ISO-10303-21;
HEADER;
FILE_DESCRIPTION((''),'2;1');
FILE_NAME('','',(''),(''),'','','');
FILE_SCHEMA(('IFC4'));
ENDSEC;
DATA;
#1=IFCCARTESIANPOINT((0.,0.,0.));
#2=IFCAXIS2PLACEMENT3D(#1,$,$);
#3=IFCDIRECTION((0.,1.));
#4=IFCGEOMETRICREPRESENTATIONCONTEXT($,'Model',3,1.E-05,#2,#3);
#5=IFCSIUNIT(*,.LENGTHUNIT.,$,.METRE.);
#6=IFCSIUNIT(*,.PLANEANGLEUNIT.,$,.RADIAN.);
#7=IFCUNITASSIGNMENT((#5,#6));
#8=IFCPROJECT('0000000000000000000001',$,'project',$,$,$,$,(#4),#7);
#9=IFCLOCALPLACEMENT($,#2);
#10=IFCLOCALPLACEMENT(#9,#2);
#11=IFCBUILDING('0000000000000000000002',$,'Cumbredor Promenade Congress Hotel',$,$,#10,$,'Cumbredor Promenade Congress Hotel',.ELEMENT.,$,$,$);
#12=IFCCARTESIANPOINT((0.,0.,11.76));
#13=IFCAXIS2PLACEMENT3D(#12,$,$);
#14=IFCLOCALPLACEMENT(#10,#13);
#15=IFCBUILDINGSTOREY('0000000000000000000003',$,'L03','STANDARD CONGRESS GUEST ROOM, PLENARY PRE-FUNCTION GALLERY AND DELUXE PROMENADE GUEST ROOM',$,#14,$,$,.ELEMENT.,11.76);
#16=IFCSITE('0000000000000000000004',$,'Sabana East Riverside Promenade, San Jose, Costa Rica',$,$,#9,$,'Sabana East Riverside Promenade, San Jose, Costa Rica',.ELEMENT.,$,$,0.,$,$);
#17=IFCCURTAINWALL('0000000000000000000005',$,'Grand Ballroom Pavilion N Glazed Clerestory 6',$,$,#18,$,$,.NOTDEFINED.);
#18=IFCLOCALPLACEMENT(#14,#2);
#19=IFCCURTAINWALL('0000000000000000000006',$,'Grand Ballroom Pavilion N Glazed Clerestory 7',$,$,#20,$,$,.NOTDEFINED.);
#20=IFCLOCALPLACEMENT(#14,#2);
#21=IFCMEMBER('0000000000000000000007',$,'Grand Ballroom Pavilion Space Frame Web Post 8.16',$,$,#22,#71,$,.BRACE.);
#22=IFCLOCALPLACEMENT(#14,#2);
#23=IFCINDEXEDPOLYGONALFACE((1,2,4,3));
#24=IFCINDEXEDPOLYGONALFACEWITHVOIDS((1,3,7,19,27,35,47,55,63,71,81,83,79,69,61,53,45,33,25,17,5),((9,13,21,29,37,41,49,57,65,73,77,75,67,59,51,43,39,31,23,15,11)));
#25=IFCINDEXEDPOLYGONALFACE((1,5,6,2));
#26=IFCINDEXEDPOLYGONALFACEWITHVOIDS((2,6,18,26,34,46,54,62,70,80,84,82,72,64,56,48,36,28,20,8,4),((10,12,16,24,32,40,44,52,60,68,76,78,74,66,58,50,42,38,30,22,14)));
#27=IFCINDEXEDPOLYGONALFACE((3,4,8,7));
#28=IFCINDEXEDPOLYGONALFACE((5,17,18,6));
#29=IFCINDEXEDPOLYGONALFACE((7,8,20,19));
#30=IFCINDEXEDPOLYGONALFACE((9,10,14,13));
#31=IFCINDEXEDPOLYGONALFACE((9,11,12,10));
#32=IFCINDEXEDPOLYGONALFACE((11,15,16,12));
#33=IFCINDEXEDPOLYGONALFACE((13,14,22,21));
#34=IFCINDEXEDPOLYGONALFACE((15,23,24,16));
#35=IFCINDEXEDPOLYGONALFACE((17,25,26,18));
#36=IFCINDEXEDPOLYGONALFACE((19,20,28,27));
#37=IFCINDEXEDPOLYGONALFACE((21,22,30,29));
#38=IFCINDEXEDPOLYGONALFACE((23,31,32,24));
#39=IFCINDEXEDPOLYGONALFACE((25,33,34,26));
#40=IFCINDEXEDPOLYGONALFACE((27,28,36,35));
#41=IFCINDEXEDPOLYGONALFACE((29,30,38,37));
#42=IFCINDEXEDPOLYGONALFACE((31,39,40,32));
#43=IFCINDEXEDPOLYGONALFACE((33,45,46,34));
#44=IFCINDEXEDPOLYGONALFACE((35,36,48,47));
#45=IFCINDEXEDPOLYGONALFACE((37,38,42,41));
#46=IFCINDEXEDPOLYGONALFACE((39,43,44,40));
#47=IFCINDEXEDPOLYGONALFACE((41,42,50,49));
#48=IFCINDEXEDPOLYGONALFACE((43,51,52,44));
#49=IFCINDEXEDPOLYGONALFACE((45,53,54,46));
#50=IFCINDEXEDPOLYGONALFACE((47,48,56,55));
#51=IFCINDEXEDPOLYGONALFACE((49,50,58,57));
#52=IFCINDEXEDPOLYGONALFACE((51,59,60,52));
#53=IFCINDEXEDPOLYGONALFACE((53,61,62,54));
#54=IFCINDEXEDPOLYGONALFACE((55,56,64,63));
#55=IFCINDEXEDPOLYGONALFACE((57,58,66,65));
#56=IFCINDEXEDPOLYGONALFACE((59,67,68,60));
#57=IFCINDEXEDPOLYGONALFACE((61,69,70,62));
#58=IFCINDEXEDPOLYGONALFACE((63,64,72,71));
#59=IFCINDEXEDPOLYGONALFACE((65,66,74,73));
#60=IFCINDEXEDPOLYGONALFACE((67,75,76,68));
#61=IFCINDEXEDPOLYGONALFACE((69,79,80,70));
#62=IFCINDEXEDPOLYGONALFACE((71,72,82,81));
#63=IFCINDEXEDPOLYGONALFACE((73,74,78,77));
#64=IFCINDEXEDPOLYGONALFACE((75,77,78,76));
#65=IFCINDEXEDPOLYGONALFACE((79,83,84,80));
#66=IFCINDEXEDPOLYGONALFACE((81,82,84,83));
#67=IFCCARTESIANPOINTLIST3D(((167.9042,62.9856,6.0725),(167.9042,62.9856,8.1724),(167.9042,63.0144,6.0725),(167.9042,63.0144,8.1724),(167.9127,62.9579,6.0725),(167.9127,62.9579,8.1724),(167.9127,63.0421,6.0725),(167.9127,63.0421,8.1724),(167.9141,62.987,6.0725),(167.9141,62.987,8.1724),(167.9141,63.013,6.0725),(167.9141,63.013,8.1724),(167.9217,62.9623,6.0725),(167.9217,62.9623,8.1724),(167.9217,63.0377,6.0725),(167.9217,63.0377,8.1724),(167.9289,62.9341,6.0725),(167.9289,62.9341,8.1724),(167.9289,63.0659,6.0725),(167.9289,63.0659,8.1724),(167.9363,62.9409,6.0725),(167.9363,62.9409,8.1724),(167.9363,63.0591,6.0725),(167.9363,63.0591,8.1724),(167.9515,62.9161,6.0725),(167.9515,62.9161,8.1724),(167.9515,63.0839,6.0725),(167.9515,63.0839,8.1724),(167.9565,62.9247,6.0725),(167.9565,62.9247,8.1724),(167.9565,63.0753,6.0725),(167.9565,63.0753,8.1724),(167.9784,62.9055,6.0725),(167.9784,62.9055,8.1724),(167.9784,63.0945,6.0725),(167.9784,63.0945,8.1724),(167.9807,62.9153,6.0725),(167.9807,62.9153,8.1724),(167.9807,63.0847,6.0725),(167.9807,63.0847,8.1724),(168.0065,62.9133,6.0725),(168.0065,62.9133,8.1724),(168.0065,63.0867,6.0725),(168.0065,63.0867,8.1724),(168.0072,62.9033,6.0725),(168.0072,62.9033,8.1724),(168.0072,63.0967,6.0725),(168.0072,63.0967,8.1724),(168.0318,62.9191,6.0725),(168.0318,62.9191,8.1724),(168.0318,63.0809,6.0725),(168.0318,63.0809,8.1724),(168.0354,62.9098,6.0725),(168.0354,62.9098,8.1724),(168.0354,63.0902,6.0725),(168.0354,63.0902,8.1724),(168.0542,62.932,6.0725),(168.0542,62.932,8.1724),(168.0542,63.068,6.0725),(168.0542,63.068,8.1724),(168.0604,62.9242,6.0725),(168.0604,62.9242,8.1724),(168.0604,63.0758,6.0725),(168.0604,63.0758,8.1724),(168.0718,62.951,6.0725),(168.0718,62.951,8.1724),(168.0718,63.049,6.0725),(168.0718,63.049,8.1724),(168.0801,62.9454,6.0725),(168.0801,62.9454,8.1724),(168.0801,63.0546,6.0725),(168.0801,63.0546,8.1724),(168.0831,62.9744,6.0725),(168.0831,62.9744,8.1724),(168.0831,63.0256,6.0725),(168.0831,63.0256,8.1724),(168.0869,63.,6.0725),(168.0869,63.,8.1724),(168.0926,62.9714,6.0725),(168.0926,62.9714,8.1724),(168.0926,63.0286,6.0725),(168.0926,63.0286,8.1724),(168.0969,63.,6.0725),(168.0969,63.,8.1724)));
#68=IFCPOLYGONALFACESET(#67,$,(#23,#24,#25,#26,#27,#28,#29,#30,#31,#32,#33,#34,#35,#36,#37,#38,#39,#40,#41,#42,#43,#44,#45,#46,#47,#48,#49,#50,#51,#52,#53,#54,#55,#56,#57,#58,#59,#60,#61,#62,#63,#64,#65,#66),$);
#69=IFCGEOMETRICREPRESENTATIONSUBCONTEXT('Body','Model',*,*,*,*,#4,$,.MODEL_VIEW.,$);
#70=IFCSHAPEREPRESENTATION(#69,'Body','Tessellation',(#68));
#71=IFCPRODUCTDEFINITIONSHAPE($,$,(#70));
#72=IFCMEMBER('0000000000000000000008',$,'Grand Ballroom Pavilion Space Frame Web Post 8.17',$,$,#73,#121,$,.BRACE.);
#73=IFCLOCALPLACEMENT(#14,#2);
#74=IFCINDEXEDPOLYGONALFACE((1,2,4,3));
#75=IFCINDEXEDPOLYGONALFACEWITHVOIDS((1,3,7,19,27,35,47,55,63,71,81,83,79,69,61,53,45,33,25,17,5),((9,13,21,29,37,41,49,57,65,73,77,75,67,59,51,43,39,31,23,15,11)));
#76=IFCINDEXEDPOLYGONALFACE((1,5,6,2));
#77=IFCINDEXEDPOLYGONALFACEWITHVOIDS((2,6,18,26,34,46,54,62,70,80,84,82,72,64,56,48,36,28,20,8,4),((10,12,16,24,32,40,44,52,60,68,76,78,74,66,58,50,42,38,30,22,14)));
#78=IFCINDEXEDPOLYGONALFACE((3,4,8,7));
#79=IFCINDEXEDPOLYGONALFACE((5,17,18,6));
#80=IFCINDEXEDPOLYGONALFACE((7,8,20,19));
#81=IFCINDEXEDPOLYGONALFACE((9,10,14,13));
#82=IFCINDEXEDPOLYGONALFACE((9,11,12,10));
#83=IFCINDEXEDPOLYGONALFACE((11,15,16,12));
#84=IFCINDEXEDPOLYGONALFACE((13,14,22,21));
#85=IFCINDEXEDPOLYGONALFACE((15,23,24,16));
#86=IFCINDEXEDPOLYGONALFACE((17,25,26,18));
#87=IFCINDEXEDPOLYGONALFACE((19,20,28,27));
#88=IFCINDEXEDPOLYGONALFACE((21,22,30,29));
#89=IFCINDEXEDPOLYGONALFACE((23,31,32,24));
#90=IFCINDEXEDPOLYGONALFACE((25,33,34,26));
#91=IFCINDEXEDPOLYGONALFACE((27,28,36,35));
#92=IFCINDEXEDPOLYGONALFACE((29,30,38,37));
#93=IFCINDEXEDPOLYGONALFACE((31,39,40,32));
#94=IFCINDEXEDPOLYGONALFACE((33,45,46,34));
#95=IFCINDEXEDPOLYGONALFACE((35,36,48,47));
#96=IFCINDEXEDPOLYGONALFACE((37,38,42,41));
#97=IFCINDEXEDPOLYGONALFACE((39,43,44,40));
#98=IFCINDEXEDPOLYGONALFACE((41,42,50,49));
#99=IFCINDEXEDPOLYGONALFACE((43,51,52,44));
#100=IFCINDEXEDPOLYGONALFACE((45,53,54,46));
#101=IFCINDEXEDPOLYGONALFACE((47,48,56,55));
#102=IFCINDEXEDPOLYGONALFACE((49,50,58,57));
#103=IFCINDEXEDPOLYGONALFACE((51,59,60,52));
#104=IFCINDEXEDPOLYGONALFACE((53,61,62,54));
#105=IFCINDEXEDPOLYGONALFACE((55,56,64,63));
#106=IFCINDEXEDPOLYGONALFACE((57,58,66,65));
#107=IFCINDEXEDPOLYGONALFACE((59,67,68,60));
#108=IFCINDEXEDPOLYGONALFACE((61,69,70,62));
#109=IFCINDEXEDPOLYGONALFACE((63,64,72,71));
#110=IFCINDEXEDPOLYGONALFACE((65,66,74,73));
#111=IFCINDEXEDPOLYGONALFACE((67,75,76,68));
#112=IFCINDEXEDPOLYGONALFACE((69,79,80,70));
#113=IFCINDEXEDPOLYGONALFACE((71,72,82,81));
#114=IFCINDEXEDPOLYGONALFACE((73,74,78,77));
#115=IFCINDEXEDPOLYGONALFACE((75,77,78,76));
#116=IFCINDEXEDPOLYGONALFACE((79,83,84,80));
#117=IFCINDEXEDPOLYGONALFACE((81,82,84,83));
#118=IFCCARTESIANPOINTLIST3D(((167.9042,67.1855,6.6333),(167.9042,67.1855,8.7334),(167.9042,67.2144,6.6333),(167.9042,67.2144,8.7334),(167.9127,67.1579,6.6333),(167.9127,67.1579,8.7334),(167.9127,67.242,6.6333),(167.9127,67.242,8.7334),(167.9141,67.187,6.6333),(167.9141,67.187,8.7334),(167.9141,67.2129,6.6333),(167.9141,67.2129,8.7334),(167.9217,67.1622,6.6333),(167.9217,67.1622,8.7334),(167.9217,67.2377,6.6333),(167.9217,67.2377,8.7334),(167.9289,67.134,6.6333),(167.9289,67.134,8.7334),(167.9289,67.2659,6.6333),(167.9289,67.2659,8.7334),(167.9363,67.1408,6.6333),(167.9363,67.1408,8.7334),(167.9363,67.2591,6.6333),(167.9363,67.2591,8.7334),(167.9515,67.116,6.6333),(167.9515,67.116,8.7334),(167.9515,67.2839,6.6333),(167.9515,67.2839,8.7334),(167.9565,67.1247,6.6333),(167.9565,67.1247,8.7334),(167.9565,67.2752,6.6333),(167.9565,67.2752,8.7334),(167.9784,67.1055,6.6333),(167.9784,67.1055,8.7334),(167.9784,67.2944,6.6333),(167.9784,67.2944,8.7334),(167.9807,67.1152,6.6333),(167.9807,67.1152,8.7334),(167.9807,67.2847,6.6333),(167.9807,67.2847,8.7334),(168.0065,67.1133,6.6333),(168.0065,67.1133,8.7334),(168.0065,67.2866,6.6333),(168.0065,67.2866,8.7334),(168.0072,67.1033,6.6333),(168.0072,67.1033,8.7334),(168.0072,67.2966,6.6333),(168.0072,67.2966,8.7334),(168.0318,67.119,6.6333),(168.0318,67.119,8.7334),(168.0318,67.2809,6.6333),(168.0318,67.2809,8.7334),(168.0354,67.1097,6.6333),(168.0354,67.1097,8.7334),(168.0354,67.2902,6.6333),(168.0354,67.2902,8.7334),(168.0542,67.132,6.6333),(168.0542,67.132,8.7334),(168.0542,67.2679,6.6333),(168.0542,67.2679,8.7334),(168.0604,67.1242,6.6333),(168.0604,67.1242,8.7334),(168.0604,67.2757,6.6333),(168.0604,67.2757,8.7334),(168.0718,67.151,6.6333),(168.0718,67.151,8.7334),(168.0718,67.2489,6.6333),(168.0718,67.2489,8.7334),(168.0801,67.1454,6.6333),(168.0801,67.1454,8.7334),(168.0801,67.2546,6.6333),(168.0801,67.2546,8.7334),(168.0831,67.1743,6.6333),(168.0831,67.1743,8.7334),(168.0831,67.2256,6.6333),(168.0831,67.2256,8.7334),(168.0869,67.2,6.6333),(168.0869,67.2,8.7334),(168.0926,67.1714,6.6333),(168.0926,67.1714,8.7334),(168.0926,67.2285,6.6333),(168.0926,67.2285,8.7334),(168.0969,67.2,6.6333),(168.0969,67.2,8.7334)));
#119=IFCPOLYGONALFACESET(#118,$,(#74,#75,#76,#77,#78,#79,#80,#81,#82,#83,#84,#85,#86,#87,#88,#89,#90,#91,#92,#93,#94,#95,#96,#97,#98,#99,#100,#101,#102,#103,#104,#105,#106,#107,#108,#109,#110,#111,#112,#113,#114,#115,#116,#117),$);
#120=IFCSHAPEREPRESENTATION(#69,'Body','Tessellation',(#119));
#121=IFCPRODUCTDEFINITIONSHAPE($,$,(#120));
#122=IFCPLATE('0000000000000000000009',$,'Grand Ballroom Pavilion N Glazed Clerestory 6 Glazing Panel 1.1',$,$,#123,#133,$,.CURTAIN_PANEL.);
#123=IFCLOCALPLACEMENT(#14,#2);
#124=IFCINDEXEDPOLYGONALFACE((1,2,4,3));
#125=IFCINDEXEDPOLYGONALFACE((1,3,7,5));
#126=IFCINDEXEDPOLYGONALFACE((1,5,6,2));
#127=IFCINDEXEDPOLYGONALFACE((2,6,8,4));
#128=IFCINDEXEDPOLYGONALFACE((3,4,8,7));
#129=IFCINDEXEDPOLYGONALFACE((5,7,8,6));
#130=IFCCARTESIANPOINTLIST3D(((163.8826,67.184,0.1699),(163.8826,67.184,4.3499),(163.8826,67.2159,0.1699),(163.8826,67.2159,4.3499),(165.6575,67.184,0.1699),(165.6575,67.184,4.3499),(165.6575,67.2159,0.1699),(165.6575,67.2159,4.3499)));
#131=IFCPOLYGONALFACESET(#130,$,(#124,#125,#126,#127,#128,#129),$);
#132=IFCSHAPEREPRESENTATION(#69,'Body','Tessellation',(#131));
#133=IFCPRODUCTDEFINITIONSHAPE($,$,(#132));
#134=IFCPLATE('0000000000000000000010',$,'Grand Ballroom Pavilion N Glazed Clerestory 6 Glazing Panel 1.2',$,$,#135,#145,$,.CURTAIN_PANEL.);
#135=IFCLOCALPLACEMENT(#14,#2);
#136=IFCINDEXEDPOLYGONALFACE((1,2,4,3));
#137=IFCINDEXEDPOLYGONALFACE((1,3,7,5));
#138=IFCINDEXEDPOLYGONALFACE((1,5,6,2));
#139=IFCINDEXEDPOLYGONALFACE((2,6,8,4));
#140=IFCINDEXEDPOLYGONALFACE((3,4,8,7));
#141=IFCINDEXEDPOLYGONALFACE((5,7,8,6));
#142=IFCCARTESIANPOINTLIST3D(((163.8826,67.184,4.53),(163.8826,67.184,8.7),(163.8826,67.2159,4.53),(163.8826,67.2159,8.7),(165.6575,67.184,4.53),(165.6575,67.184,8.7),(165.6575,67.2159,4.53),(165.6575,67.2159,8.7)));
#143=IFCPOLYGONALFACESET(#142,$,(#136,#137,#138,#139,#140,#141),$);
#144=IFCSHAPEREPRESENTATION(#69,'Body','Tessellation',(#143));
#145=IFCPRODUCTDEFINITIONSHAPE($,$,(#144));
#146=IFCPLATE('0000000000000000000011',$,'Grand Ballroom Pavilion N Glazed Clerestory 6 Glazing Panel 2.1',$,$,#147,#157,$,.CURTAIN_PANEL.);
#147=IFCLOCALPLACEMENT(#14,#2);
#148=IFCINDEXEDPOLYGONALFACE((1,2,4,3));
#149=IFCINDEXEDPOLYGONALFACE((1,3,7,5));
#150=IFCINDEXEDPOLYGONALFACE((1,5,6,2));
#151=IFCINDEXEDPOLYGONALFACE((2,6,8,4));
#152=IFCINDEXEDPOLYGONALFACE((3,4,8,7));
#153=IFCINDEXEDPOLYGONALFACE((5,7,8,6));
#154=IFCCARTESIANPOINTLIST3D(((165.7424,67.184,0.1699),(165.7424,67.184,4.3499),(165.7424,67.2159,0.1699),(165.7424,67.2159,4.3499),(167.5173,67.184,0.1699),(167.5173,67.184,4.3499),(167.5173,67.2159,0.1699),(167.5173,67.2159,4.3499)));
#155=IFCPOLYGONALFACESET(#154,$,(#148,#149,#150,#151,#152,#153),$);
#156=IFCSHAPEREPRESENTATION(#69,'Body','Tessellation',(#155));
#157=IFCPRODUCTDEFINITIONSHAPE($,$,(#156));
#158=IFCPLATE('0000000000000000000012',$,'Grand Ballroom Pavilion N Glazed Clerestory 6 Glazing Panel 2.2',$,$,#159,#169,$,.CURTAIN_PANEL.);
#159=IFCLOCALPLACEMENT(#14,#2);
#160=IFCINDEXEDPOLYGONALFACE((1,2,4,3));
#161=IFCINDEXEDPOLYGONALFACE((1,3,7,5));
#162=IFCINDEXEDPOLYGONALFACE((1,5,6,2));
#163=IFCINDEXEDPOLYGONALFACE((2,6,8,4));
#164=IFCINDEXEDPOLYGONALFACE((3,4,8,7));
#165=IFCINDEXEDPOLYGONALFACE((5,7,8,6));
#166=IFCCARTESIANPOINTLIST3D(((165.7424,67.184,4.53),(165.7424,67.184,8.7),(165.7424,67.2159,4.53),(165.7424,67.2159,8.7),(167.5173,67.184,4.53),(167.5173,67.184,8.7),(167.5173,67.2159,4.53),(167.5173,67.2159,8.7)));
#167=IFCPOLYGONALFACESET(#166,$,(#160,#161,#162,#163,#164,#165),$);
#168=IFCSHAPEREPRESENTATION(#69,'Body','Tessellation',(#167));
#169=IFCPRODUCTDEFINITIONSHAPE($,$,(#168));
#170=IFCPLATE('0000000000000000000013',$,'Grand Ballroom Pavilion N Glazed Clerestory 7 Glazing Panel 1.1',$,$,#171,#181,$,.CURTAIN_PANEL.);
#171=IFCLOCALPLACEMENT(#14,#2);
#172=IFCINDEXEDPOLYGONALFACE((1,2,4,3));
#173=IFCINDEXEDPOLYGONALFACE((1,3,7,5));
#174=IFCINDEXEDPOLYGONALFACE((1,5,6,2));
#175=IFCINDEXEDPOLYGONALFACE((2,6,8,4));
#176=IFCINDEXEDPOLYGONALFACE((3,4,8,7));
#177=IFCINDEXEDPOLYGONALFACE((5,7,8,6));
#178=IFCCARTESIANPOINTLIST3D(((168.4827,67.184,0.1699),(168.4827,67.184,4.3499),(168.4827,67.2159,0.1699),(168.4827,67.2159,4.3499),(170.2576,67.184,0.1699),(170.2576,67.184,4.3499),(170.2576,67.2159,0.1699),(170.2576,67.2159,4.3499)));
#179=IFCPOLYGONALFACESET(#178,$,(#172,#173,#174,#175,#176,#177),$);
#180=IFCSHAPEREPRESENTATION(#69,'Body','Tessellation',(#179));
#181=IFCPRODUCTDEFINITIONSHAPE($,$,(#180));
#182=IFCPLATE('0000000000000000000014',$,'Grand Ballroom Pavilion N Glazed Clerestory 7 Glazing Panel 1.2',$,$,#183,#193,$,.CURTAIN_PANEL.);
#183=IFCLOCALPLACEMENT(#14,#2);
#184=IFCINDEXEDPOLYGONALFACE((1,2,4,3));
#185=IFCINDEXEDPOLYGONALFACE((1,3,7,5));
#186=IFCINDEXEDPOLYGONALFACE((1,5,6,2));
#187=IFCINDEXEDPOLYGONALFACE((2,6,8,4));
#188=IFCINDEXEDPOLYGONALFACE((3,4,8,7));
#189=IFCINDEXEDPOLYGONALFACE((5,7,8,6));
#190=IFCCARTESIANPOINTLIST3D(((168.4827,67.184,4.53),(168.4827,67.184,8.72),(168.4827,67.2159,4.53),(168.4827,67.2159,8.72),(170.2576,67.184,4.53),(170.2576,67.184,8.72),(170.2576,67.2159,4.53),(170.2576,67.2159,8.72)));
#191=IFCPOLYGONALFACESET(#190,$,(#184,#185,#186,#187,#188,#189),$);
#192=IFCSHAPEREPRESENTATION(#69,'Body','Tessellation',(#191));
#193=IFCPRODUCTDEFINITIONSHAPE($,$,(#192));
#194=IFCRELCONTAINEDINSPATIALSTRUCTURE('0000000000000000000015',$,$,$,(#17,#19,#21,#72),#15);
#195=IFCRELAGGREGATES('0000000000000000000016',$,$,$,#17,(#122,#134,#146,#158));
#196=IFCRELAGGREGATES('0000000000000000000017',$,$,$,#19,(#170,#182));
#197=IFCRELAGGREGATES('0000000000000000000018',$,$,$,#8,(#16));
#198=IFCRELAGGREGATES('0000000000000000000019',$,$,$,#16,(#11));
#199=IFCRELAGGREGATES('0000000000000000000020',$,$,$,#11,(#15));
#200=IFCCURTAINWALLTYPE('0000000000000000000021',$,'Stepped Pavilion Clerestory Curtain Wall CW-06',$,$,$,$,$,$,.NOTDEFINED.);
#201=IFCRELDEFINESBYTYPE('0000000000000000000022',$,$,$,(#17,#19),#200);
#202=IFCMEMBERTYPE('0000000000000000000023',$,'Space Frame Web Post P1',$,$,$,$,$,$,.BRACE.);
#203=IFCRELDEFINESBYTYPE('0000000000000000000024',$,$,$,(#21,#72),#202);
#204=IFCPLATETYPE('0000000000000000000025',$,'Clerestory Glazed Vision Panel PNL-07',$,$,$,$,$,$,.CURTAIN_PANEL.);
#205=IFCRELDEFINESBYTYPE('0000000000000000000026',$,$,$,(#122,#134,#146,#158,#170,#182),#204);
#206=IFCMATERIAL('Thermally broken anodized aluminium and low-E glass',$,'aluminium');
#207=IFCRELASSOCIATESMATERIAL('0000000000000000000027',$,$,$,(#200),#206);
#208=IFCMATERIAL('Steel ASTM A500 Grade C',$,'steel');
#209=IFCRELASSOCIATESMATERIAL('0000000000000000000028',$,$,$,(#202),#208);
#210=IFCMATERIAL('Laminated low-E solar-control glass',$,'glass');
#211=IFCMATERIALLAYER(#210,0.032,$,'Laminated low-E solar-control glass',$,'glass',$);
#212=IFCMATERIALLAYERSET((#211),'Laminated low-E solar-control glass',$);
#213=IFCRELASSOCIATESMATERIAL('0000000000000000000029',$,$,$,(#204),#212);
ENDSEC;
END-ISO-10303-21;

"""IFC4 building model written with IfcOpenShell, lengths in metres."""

from ifc_helpers import new_model, si_unit, direction, frame, origin, origin_2d, place, context, subcontext, project, spatial, rectangle, hollow_circle, extrude, material, layer, layer_set, material_profile, profile_set, type_object, element, aggregate, save


model = new_model("IFC4")

# Units and contexts
model_context = context("Model", 3, precision=1e-05, world=origin(), true_north=direction((0.0, 1.0)))
body_context = subcontext(model_context, "Body", "Model", "MODEL_VIEW")
ifc_project = project(units=[si_unit("LENGTHUNIT", "METRE"), si_unit("PLANEANGLEUNIT", "RADIAN")], contexts=[model_context])

# Site, building, storey
site_placement = place(None, origin())
site = spatial("IfcSite", under=ifc_project, at=site_placement, Name="Sabana East Riverside Promenade, San Jose, Costa Rica", LongName="Sabana East Riverside Promenade, San Jose, Costa Rica", CompositionType="ELEMENT", RefElevation=0.0)
building_placement = place(site_placement, origin())
building = spatial("IfcBuilding", under=site, at=building_placement, Name="Cumbredor Promenade Congress Hotel", LongName="Cumbredor Promenade Congress Hotel", CompositionType="ELEMENT")
storey_placement = place(building_placement, frame((0.0, 0.0, 11.76)))
storey = spatial("IfcBuildingStorey", under=building, at=storey_placement, Name="L03", Description="STANDARD CONGRESS GUEST ROOM, PLENARY PRE-FUNCTION GALLERY AND DELUXE PROMENADE GUEST ROOM", CompositionType="ELEMENT", Elevation=11.76)

# Shared definitions
ifc_material_1 = material(Name="Steel ASTM A500 Grade C", Category="steel")

# Curtain walls
ifc_material_2 = material(Name="Thermally broken anodized aluminium and low-E glass", Category="aluminium")
curtain_wall_type = type_object("IfcCurtainWallType", Name="Stepped Pavilion Clerestory Curtain Wall CW-06", PredefinedType="NOTDEFINED", material=ifc_material_2)
curtain_wall_1_placement = place(storey_placement, origin())
curtain_wall_1 = element("IfcCurtainWall", 1, at=curtain_wall_1_placement, inside=storey, type_object=curtain_wall_type, Name="Grand Ballroom Pavilion N Glazed Clerestory 6", PredefinedType="NOTDEFINED")
curtain_wall_2_placement = place(storey_placement, origin())
curtain_wall_2 = element("IfcCurtainWall", 2, at=curtain_wall_2_placement, inside=storey, type_object=curtain_wall_type, Name="Grand Ballroom Pavilion N Glazed Clerestory 7", PredefinedType="NOTDEFINED")

# Members
ifc_material_profile_1 = material_profile(ifc_material_1, hollow_circle(Radius=0.0969, WallThickness=0.01, at=origin_2d()), Name="CHS 193.7x10")
ifc_profile_set_1 = profile_set([ifc_material_profile_1], Name="Steel ASTM A500 Grade C")
member_type_1 = type_object("IfcMemberType", Name="Space Frame Web Post P1", PredefinedType="BRACE", material=ifc_profile_set_1)
member_1_placement = place(storey_placement, frame((168.0, 63.0, 6.0725), z_axis=(0.0, 0.0, 1.0), x_axis=(1.0, 0.0, 0.0)))
element("IfcMember", 3, at=member_1_placement, inside=storey, type_object=member_type_1, Name="Grand Ballroom Pavilion Space Frame Web Post 8.16", PredefinedType="BRACE", context=body_context, shape_type="SweptSolid", body=[
    extrude(hollow_circle(Radius=0.0969, WallThickness=0.01, at=origin_2d()), origin(), (0.0, 0.0, 1.0), 2.0999),
])
member_2_placement = place(storey_placement, frame((168.0, 67.2, 6.6333), z_axis=(0.0, 0.0, 1.0), x_axis=(1.0, 0.0, 0.0)))
element("IfcMember", 4, at=member_2_placement, inside=storey, type_object=member_type_1, Name="Grand Ballroom Pavilion Space Frame Web Post 8.17", PredefinedType="BRACE", context=body_context, shape_type="SweptSolid", body=[
    extrude(hollow_circle(Radius=0.0969, WallThickness=0.01, at=origin_2d()), origin(), (0.0, 0.0, 1.0), 2.1001),
])

# Plates
ifc_material_3 = material(Name="Laminated low-E solar-control glass", Category="glass")
ifc_layer_1 = layer(ifc_material_3, 0.032, Name="Laminated low-E solar-control glass", Category="glass")
ifc_layer_set_1 = layer_set([ifc_layer_1], Name="Laminated low-E solar-control glass")
plate_type_1 = type_object("IfcPlateType", Name="Clerestory Glazed Vision Panel PNL-07", PredefinedType="CURTAIN_PANEL", material=ifc_layer_set_1)
plate_1_placement = place(storey_placement, frame((164.77, 67.2, 0.1699), z_axis=(0.0, 0.0, 1.0), x_axis=(1.0, 0.0, 0.0)))
plate_1 = element("IfcPlate", 5, at=plate_1_placement, type_object=plate_type_1, Name="Grand Ballroom Pavilion N Glazed Clerestory 6 Glazing Panel 1.1", PredefinedType="CURTAIN_PANEL", context=body_context, shape_type="SweptSolid", body=[
    extrude(rectangle(XDim=1.7749, YDim=0.032, at=origin_2d()), origin(), (0.0, 0.0, 1.0), 4.1799),
])
plate_2_placement = place(storey_placement, frame((164.77, 67.2, 4.53), z_axis=(0.0, 0.0, 1.0), x_axis=(1.0, 0.0, 0.0)))
plate_2 = element("IfcPlate", 6, at=plate_2_placement, type_object=plate_type_1, Name="Grand Ballroom Pavilion N Glazed Clerestory 6 Glazing Panel 1.2", PredefinedType="CURTAIN_PANEL", context=body_context, shape_type="SweptSolid", body=[
    extrude(rectangle(XDim=1.7749, YDim=0.032, at=origin_2d()), origin(), (0.0, 0.0, 1.0), 4.1699),
])
plate_3_placement = place(storey_placement, frame((166.6299, 67.2, 0.1699), z_axis=(0.0, 0.0, 1.0), x_axis=(1.0, 0.0, 0.0)))
plate_3 = element("IfcPlate", 7, at=plate_3_placement, type_object=plate_type_1, Name="Grand Ballroom Pavilion N Glazed Clerestory 6 Glazing Panel 2.1", PredefinedType="CURTAIN_PANEL", context=body_context, shape_type="SweptSolid", body=[
    extrude(rectangle(XDim=1.7749, YDim=0.032, at=origin_2d()), origin(), (0.0, 0.0, 1.0), 4.1799),
])
plate_4_placement = place(storey_placement, frame((166.6299, 67.2, 4.53), z_axis=(0.0, 0.0, 1.0), x_axis=(1.0, 0.0, 0.0)))
plate_4 = element("IfcPlate", 8, at=plate_4_placement, type_object=plate_type_1, Name="Grand Ballroom Pavilion N Glazed Clerestory 6 Glazing Panel 2.2", PredefinedType="CURTAIN_PANEL", context=body_context, shape_type="SweptSolid", body=[
    extrude(rectangle(XDim=1.7749, YDim=0.032, at=origin_2d()), origin(), (0.0, 0.0, 1.0), 4.1699),
])
aggregate(curtain_wall_1, [plate_1, plate_2, plate_3, plate_4])
plate_5_placement = place(storey_placement, frame((169.3701, 67.2, 0.1699), z_axis=(0.0, 0.0, 1.0), x_axis=(1.0, 0.0, 0.0)))
plate_5 = element("IfcPlate", 9, at=plate_5_placement, type_object=plate_type_1, Name="Grand Ballroom Pavilion N Glazed Clerestory 7 Glazing Panel 1.1", PredefinedType="CURTAIN_PANEL", context=body_context, shape_type="SweptSolid", body=[
    extrude(rectangle(XDim=1.7749, YDim=0.032, at=origin_2d()), origin(), (0.0, 0.0, 1.0), 4.1799),
])
plate_6_placement = place(storey_placement, frame((169.3701, 67.2, 4.53), z_axis=(0.0, 0.0, 1.0), x_axis=(1.0, 0.0, 0.0)))
plate_6 = element("IfcPlate", 10, at=plate_6_placement, type_object=plate_type_1, Name="Grand Ballroom Pavilion N Glazed Clerestory 7 Glazing Panel 1.2", PredefinedType="CURTAIN_PANEL", context=body_context, shape_type="SweptSolid", body=[
    extrude(rectangle(XDim=1.7749, YDim=0.032, at=origin_2d()), origin(), (0.0, 0.0, 1.0), 4.1899),
])
aggregate(curtain_wall_2, [plate_5, plate_6])

save(model, "model.ifc")
